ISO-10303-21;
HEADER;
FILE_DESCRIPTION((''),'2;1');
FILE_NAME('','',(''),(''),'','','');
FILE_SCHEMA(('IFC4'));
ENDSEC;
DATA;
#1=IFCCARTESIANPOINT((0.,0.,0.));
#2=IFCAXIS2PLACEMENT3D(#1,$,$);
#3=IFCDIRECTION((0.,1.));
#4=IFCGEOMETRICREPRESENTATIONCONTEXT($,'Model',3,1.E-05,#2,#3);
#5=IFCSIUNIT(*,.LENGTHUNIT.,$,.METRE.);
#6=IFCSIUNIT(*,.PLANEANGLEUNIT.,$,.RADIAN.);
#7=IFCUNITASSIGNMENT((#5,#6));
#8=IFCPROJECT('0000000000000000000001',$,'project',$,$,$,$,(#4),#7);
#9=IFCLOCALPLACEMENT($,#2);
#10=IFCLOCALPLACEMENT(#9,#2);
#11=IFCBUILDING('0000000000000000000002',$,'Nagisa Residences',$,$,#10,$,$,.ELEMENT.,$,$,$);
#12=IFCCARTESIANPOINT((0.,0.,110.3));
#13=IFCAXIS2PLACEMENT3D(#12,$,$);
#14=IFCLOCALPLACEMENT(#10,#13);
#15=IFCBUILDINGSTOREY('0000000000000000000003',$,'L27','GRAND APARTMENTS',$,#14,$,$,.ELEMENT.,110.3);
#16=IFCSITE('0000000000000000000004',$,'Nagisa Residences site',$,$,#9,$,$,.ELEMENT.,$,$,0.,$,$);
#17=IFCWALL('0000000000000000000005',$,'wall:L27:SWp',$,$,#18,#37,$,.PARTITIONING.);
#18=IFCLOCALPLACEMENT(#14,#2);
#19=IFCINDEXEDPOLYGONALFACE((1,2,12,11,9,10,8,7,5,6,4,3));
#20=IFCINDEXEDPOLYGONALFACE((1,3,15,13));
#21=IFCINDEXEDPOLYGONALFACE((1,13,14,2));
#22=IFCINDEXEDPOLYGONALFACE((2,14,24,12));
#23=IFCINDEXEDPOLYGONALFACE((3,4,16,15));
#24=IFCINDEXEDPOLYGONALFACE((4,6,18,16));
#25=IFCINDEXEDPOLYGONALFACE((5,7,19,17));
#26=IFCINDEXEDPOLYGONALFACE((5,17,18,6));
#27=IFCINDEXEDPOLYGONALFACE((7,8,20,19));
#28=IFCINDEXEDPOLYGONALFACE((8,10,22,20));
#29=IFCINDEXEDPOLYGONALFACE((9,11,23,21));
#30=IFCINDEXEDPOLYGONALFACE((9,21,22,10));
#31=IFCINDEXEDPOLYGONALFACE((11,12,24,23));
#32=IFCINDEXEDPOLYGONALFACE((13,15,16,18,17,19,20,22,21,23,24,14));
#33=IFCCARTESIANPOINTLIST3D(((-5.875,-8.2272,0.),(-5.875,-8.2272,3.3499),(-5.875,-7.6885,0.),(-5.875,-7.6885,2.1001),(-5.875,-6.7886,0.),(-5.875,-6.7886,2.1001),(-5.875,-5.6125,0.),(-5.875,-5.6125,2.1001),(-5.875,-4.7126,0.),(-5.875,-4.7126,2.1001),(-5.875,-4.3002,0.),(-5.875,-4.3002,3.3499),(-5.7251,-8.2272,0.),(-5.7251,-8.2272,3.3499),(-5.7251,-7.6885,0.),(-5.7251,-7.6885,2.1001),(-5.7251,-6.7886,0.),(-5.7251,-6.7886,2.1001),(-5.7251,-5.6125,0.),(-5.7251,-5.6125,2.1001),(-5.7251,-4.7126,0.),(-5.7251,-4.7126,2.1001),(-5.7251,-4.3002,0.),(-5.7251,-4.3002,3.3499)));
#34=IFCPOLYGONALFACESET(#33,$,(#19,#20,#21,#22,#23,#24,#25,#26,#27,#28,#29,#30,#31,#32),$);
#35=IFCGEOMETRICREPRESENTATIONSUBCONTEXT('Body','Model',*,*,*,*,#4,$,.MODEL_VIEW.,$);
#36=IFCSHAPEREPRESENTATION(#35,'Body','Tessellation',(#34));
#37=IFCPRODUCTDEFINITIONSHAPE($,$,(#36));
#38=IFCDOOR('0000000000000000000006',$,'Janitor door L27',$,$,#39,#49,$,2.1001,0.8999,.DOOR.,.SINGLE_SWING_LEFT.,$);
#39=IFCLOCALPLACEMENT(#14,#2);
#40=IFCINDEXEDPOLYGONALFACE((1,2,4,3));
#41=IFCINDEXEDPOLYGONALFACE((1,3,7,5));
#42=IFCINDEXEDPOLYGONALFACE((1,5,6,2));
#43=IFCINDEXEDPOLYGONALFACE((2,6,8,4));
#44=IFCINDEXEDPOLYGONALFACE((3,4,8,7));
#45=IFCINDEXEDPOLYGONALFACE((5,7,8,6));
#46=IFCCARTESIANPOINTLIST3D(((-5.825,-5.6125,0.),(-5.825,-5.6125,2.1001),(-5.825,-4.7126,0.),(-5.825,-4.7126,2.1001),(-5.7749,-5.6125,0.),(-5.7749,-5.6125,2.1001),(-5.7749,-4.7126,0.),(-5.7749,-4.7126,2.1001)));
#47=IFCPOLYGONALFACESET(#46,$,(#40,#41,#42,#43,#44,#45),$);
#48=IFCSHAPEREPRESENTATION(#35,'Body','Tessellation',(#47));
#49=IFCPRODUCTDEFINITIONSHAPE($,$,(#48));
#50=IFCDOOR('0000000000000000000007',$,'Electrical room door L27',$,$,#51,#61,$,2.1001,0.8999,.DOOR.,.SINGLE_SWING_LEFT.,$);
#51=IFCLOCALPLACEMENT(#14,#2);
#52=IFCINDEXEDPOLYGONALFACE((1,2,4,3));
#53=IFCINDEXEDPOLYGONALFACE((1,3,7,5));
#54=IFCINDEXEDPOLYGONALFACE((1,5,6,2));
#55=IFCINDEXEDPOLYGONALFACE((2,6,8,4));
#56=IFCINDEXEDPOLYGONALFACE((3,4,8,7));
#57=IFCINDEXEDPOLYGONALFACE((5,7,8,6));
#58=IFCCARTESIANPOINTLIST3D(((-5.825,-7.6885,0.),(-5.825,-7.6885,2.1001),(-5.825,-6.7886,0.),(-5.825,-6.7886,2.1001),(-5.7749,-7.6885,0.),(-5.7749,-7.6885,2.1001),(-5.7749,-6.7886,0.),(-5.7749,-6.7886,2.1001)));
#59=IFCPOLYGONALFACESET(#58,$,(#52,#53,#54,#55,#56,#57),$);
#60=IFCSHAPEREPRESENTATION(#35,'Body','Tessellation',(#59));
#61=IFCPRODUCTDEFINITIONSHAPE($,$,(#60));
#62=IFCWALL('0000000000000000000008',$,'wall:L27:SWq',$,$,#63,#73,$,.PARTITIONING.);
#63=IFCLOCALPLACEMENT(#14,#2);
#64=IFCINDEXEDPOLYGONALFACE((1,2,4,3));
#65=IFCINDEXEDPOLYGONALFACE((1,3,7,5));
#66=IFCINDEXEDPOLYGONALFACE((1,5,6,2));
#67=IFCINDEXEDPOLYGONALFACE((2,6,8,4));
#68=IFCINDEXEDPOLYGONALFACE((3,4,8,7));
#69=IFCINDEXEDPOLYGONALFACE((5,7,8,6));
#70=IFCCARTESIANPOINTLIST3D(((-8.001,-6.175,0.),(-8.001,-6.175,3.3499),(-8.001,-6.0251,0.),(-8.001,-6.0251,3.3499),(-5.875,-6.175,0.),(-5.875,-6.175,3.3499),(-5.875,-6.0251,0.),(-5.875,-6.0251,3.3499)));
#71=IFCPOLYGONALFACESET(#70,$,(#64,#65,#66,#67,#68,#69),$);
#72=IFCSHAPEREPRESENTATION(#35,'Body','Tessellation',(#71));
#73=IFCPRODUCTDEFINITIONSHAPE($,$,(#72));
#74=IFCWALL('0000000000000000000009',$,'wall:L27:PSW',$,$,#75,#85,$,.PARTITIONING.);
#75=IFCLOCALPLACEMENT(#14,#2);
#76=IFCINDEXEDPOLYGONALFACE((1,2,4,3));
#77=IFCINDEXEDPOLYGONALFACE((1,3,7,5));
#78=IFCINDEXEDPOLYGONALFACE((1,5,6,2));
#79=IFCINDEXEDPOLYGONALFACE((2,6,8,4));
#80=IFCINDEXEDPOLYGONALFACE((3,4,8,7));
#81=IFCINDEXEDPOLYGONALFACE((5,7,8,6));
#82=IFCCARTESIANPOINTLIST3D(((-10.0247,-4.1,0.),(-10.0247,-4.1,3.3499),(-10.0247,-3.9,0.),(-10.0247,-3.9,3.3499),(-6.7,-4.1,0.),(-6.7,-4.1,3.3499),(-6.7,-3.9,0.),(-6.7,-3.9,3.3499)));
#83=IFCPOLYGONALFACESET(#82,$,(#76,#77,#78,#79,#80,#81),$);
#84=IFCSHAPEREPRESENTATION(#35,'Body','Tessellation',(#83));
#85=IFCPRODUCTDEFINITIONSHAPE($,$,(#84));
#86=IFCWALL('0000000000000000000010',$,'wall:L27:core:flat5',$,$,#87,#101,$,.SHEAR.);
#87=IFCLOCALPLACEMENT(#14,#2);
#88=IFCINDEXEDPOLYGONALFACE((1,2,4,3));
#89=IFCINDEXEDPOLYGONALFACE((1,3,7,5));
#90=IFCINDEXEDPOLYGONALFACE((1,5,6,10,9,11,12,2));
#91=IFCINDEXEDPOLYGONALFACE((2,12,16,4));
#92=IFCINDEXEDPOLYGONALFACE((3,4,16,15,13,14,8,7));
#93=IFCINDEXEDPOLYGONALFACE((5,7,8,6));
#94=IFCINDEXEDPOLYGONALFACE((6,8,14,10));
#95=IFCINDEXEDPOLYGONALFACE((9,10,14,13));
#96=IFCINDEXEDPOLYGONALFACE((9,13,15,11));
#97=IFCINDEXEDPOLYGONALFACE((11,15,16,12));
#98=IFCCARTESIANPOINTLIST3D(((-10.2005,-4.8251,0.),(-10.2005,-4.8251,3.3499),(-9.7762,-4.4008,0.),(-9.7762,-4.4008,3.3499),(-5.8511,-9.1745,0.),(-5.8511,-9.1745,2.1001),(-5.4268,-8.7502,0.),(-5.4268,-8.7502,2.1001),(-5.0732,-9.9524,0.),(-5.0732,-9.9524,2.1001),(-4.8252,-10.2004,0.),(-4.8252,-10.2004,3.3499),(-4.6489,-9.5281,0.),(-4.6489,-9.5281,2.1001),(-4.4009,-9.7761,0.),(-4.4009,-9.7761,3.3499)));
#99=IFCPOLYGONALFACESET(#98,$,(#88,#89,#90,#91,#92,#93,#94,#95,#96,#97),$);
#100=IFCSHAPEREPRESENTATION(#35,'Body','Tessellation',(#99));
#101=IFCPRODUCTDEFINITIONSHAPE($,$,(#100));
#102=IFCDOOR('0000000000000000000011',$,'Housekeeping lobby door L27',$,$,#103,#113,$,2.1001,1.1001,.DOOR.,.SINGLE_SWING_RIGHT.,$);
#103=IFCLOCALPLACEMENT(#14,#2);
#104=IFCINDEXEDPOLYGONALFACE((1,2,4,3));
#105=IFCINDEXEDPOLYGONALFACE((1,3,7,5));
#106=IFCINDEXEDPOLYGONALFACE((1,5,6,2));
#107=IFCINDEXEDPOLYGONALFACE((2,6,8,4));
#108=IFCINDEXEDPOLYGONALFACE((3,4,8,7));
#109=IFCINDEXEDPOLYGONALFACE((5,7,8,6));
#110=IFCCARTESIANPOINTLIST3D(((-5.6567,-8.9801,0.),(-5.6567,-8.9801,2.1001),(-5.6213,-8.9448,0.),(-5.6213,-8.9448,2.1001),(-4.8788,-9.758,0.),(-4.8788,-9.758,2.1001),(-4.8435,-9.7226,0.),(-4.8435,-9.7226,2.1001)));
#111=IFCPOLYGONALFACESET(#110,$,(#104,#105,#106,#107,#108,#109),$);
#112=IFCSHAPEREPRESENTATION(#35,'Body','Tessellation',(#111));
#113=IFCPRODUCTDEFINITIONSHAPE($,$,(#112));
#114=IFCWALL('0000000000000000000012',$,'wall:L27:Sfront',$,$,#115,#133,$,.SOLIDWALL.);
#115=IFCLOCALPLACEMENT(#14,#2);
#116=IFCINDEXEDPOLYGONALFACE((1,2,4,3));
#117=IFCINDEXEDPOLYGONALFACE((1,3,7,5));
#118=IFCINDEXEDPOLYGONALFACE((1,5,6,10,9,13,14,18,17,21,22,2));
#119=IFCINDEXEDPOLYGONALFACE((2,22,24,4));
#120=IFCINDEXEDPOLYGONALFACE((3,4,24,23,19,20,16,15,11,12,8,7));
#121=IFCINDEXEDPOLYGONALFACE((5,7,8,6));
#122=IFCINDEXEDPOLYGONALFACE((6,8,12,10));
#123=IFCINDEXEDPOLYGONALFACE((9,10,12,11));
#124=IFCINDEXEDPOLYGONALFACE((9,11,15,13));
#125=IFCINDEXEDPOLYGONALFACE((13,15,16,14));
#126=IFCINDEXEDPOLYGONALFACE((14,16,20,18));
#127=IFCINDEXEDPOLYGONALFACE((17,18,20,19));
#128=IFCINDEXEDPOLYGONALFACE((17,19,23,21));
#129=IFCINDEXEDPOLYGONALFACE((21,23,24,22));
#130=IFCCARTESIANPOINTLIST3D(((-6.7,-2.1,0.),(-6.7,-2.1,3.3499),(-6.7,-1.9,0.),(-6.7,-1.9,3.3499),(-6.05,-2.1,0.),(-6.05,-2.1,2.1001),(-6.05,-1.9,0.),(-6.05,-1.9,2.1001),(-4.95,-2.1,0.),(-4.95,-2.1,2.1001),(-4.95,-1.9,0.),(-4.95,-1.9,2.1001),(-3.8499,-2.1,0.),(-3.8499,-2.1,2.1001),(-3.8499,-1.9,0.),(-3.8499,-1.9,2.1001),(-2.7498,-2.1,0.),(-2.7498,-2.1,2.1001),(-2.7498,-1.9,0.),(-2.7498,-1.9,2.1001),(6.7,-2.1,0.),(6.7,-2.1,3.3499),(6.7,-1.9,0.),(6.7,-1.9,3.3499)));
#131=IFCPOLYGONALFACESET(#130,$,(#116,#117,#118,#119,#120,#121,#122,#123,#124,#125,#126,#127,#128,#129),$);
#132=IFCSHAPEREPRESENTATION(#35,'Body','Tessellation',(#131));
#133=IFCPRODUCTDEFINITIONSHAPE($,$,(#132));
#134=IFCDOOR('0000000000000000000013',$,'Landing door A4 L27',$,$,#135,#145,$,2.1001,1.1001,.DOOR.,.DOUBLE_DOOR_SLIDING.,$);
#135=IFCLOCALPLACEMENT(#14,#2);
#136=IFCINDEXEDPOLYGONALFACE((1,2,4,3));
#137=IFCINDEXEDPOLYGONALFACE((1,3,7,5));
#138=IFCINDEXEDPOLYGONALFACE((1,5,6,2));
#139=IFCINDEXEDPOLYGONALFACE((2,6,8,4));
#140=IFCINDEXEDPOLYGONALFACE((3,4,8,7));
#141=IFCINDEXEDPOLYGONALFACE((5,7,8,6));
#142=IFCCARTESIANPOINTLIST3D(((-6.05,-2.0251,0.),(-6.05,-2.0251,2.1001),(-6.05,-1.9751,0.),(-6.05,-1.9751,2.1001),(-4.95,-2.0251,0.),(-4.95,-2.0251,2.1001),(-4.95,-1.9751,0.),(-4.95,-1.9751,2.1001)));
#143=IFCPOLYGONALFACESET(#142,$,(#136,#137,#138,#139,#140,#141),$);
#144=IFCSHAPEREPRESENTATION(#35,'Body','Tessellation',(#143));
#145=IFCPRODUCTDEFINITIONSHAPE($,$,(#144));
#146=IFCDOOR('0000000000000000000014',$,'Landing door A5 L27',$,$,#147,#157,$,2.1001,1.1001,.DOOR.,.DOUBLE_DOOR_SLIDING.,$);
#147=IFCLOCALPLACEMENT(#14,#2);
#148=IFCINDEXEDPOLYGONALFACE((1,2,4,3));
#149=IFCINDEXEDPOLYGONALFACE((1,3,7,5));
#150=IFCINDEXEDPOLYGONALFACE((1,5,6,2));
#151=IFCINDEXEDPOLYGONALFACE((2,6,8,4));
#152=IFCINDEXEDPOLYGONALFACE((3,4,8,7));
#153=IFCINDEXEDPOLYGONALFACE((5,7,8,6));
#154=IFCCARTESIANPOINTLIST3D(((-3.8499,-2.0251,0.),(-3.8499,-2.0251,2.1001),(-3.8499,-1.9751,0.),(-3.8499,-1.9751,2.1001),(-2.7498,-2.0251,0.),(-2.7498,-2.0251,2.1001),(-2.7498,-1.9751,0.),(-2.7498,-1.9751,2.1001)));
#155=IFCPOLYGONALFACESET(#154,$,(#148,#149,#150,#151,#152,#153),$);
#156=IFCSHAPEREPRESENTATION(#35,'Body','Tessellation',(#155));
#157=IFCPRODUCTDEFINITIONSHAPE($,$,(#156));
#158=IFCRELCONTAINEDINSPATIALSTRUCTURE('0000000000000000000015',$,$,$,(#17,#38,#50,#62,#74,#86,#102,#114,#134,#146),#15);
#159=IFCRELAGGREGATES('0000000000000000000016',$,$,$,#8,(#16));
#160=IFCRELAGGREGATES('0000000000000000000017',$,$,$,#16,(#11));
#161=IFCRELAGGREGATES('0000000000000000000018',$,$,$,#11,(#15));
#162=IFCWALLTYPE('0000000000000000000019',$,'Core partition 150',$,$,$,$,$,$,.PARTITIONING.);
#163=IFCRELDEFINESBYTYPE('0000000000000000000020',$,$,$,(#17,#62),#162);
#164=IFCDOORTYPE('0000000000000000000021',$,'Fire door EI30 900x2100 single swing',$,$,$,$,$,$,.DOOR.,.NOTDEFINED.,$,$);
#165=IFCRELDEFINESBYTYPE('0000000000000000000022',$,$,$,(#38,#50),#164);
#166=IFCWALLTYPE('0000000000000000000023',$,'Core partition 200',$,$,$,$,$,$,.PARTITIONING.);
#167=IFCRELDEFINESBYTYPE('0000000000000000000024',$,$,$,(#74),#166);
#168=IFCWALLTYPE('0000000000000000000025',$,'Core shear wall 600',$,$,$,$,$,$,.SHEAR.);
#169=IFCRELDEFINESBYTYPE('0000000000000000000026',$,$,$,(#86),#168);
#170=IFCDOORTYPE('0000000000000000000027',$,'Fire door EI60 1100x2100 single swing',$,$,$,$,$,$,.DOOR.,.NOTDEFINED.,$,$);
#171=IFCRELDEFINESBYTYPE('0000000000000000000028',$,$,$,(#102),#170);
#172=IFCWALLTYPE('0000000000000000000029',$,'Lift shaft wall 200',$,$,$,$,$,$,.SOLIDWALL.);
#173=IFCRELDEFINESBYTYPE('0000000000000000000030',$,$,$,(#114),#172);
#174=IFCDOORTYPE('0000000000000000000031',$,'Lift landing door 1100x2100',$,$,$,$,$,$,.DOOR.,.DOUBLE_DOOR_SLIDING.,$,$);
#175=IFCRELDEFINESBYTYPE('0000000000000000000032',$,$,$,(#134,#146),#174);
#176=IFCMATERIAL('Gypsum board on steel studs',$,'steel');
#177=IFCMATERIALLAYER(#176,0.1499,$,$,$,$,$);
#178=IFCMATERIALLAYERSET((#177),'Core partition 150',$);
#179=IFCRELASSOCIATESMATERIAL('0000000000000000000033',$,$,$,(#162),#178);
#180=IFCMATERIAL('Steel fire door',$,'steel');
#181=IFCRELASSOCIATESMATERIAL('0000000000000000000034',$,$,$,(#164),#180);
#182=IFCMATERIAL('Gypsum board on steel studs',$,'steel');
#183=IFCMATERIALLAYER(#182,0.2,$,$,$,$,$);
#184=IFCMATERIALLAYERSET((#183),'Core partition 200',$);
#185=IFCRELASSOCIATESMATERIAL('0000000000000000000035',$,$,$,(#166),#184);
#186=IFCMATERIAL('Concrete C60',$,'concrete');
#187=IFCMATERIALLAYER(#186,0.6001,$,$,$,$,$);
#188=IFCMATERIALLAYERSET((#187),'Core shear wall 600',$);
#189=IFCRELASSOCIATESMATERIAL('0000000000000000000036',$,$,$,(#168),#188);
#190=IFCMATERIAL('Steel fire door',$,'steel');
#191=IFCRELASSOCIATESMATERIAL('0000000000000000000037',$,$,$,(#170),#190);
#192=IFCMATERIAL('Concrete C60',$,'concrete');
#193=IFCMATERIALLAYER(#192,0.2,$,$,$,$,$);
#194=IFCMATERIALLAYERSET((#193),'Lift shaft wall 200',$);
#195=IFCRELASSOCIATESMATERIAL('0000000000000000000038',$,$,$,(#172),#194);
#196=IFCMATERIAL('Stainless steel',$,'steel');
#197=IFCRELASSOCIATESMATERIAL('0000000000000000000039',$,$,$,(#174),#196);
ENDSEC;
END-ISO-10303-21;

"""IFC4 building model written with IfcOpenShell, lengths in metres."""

from ifc_helpers import new_model, si_unit, direction, frame, frame_2d, origin, place, context, subcontext, project, spatial, rectangle, extrude, material, layer, layer_set, type_object, element, fill, save


model = new_model("IFC4")

# Units and contexts
model_context = context("Model", 3, precision=1e-05, world=origin(), true_north=direction((0.0, 1.0)))
body_context = subcontext(model_context, "Body", "Model", "MODEL_VIEW")
ifc_project = project(units=[si_unit("LENGTHUNIT", "METRE"), si_unit("PLANEANGLEUNIT", "RADIAN")], contexts=[model_context])

# Site, building, storey
site_placement = place(None, origin())
site = spatial("IfcSite", under=ifc_project, at=site_placement, Name="Nagisa Residences site", CompositionType="ELEMENT", RefElevation=0.0)
building_placement = place(site_placement, origin())
building = spatial("IfcBuilding", under=site, at=building_placement, Name="Nagisa Residences", CompositionType="ELEMENT")
storey_placement = place(building_placement, frame((0.0, 0.0, 110.3)))
storey = spatial("IfcBuildingStorey", under=building, at=storey_placement, Name="L27", Description="GRAND APARTMENTS", CompositionType="ELEMENT", Elevation=110.3)

# Wall, openings, doors
ifc_material_1 = material(Name="Gypsum board on steel studs", Category="steel")
ifc_layer_1 = layer(ifc_material_1, 0.1499)
ifc_layer_set_1 = layer_set([ifc_layer_1], Name="Core partition 150")
wall_type_1 = type_object("IfcWallType", Name="Core partition 150", PredefinedType="PARTITIONING", material=ifc_layer_set_1)
wall_1_placement = place(storey_placement, frame((-5.8, -8.2271, 0.0), z_axis=(0.0, 0.0, 1.0), x_axis=(0.0, 1.0, 0.0)))
wall_1 = element("IfcWall", 1, at=wall_1_placement, inside=storey, type_object=wall_type_1, Name="wall:L27:SWp", PredefinedType="PARTITIONING", context=body_context, shape_type="SweptSolid", body=[
    extrude(rectangle(XDim=3.927, YDim=0.1499, at=frame_2d((1.9634, 0.0))), origin(), (0.0, 0.0, 1.0), 3.3499),
])
opening_1_placement = place(wall_1_placement, frame((2.6145, 0.0, 0.0)))
opening_1 = element("IfcOpeningElement", 2, at=opening_1_placement, cuts=wall_1, PredefinedType="OPENING", context=body_context, shape_type="SweptSolid", body=[
    extrude(rectangle(XDim=0.8999, YDim=2.1001, at=frame_2d((0.45, 1.05))), frame((0.0, 0.085, 0.0), z_axis=(0.0, -1.0, 0.0), x_axis=(1.0, 0.0, 0.0)), (0.0, 0.0, 1.0), 0.1699),
])
opening_2_placement = place(wall_1_placement, frame((0.5386, 0.0, 0.0)))
opening_2 = element("IfcOpeningElement", 3, at=opening_2_placement, cuts=wall_1, PredefinedType="OPENING", context=body_context, shape_type="SweptSolid", body=[
    extrude(rectangle(XDim=0.8999, YDim=2.1001, at=frame_2d((0.45, 1.05))), frame((0.0, 0.085, 0.0), z_axis=(0.0, -1.0, 0.0), x_axis=(1.0, 0.0, 0.0)), (0.0, 0.0, 1.0), 0.1699),
])
ifc_material_2 = material(Name="Steel fire door", Category="steel")
door_type_1 = type_object("IfcDoorType", Name="Fire door EI30 900x2100 single swing", OperationType="NOTDEFINED", PredefinedType="DOOR", material=ifc_material_2)
door_1_placement = place(opening_1_placement, origin())
door_1 = element("IfcDoor", 4, at=door_1_placement, inside=storey, type_object=door_type_1, Name="Janitor door L27", OperationType="SINGLE_SWING_LEFT", OverallHeight=2.1001, OverallWidth=0.8999, PredefinedType="DOOR", context=body_context, shape_type="SweptSolid", body=[
    extrude(rectangle(XDim=0.8999, YDim=2.1001, at=frame_2d((0.45, 1.05))), frame((0.0, 0.0249, 0.0), z_axis=(0.0, -1.0, 0.0), x_axis=(1.0, 0.0, 0.0)), (0.0, 0.0, 1.0), 0.05),
])
fill(opening_1, door_1)
door_2_placement = place(opening_2_placement, origin())
door_2 = element("IfcDoor", 5, at=door_2_placement, inside=storey, type_object=door_type_1, Name="Electrical room door L27", OperationType="SINGLE_SWING_LEFT", OverallHeight=2.1001, OverallWidth=0.8999, PredefinedType="DOOR", context=body_context, shape_type="SweptSolid", body=[
    extrude(rectangle(XDim=0.8999, YDim=2.1001, at=frame_2d((0.45, 1.05))), frame((0.0, 0.0249, 0.0), z_axis=(0.0, -1.0, 0.0), x_axis=(1.0, 0.0, 0.0)), (0.0, 0.0, 1.0), 0.05),
])
fill(opening_2, door_2)

# Walls
wall_2_placement = place(storey_placement, frame((-8.001, -6.1001, 0.0), z_axis=(0.0, 0.0, 1.0), x_axis=(1.0, 0.0, 0.0)))
element("IfcWall", 6, at=wall_2_placement, inside=storey, type_object=wall_type_1, Name="wall:L27:SWq", PredefinedType="PARTITIONING", context=body_context, shape_type="SweptSolid", body=[
    extrude(rectangle(XDim=2.126, YDim=0.1499, at=frame_2d((1.063, 0.0))), origin(), (0.0, 0.0, 1.0), 3.3499),
])
ifc_material_3 = material(Name="Gypsum board on steel studs", Category="steel")
ifc_layer_2 = layer(ifc_material_3, 0.2)
ifc_layer_set_2 = layer_set([ifc_layer_2], Name="Core partition 200")
wall_type_2 = type_object("IfcWallType", Name="Core partition 200", PredefinedType="PARTITIONING", material=ifc_layer_set_2)
wall_3_placement = place(storey_placement, frame((-10.0247, -4.0, 0.0), z_axis=(0.0, 0.0, 1.0), x_axis=(1.0, 0.0, 0.0)))
element("IfcWall", 7, at=wall_3_placement, inside=storey, type_object=wall_type_2, Name="wall:L27:PSW", PredefinedType="PARTITIONING", context=body_context, shape_type="SweptSolid", body=[
    extrude(rectangle(XDim=3.3247, YDim=0.2, at=frame_2d((1.6624, 0.0))), origin(), (0.0, 0.0, 1.0), 3.3499),
])

# Wall, opening, door
ifc_material_4 = material(Name="Concrete C60", Category="concrete")
ifc_layer_3 = layer(ifc_material_4, 0.6001)
ifc_layer_set_3 = layer_set([ifc_layer_3], Name="Core shear wall 600")
wall_type_3 = type_object("IfcWallType", Name="Core shear wall 600", PredefinedType="SHEAR", material=ifc_layer_set_3)
wall_4_placement = place(storey_placement, frame((-9.9883, -4.613, 0.0), z_axis=(0.0, 0.0, 1.0), x_axis=(0.707107, -0.707107, 0.0)))
wall_4 = element("IfcWall", 8, at=wall_4_placement, inside=storey, type_object=wall_type_3, Name="wall:L27:core:flat5", PredefinedType="SHEAR", context=body_context, shape_type="SweptSolid", body=[
    extrude(rectangle(XDim=7.6018, YDim=0.6001, at=frame_2d((3.8008, 0.0))), origin(), (0.0, 0.0, 1.0), 3.3499),
])
opening_3_placement = place(wall_4_placement, frame((6.1509, 0.0, 0.0)))
opening_3 = element("IfcOpeningElement", 9, at=opening_3_placement, cuts=wall_4, PredefinedType="OPENING", context=body_context, shape_type="SweptSolid", body=[
    extrude(rectangle(XDim=1.1001, YDim=2.1001, at=frame_2d((0.55, 1.05))), frame((0.0, 0.3101, 0.0), z_axis=(0.0, -1.0, 0.0), x_axis=(1.0, 0.0, 0.0)), (0.0, 0.0, 1.0), 0.6201),
])
ifc_material_5 = material(Name="Steel fire door", Category="steel")
door_type_2 = type_object("IfcDoorType", Name="Fire door EI60 1100x2100 single swing", OperationType="NOTDEFINED", PredefinedType="DOOR", material=ifc_material_5)
door_3_placement = place(opening_3_placement, origin())
door_3 = element("IfcDoor", 10, at=door_3_placement, inside=storey, type_object=door_type_2, Name="Housekeeping lobby door L27", OperationType="SINGLE_SWING_RIGHT", OverallHeight=2.1001, OverallWidth=1.1001, PredefinedType="DOOR", context=body_context, shape_type="SweptSolid", body=[
    extrude(rectangle(XDim=1.1001, YDim=2.1001, at=frame_2d((0.55, 1.05))), frame((0.0, 0.0249, 0.0), z_axis=(0.0, -1.0, 0.0), x_axis=(1.0, 0.0, 0.0)), (0.0, 0.0, 1.0), 0.05),
])
fill(opening_3, door_3)

# Wall, openings, doors
ifc_material_6 = material(Name="Concrete C60", Category="concrete")
ifc_layer_4 = layer(ifc_material_6, 0.2)
ifc_layer_set_4 = layer_set([ifc_layer_4], Name="Lift shaft wall 200")
wall_type_4 = type_object("IfcWallType", Name="Lift shaft wall 200", PredefinedType="SOLIDWALL", material=ifc_layer_set_4)
wall_5_placement = place(storey_placement, frame((-6.7, -2.0, 0.0), z_axis=(0.0, 0.0, 1.0), x_axis=(1.0, 0.0, 0.0)))
wall_5 = element("IfcWall", 11, at=wall_5_placement, inside=storey, type_object=wall_type_4, Name="wall:L27:Sfront", PredefinedType="SOLIDWALL", context=body_context, shape_type="SweptSolid", body=[
    extrude(rectangle(XDim=13.3999, YDim=0.2, at=frame_2d((6.7, 0.0))), origin(), (0.0, 0.0, 1.0), 3.3499),
])
opening_4_placement = place(wall_5_placement, frame((0.6499, 0.0, 0.0)))
opening_4 = element("IfcOpeningElement", 12, at=opening_4_placement, cuts=wall_5, PredefinedType="OPENING", context=body_context, shape_type="SweptSolid", body=[
    extrude(rectangle(XDim=1.1001, YDim=2.1001, at=frame_2d((0.55, 1.05))), frame((0.0, 0.1099, 0.0), z_axis=(0.0, -1.0, 0.0), x_axis=(1.0, 0.0, 0.0)), (0.0, 0.0, 1.0), 0.22),
])
opening_5_placement = place(wall_5_placement, frame((2.8501, 0.0, 0.0)))
opening_5 = element("IfcOpeningElement", 13, at=opening_5_placement, cuts=wall_5, PredefinedType="OPENING", context=body_context, shape_type="SweptSolid", body=[
    extrude(rectangle(XDim=1.1001, YDim=2.1001, at=frame_2d((0.55, 1.05))), frame((0.0, 0.1099, 0.0), z_axis=(0.0, -1.0, 0.0), x_axis=(1.0, 0.0, 0.0)), (0.0, 0.0, 1.0), 0.22),
])
ifc_material_7 = material(Name="Stainless steel", Category="steel")
door_type_3 = type_object("IfcDoorType", Name="Lift landing door 1100x2100", OperationType="DOUBLE_DOOR_SLIDING", PredefinedType="DOOR", material=ifc_material_7)
door_4_placement = place(opening_4_placement, origin())
door_4 = element("IfcDoor", 14, at=door_4_placement, inside=storey, type_object=door_type_3, Name="Landing door A4 L27", OperationType="DOUBLE_DOOR_SLIDING", OverallHeight=2.1001, OverallWidth=1.1001, PredefinedType="DOOR", context=body_context, shape_type="SweptSolid", body=[
    extrude(rectangle(XDim=1.1001, YDim=2.1001, at=frame_2d((0.55, 1.05))), frame((0.0, 0.0249, 0.0), z_axis=(0.0, -1.0, 0.0), x_axis=(1.0, 0.0, 0.0)), (0.0, 0.0, 1.0), 0.05),
])
fill(opening_4, door_4)
door_5_placement = place(opening_5_placement, origin())
door_5 = element("IfcDoor", 15, at=door_5_placement, inside=storey, type_object=door_type_3, Name="Landing door A5 L27", OperationType="DOUBLE_DOOR_SLIDING", OverallHeight=2.1001, OverallWidth=1.1001, PredefinedType="DOOR", context=body_context, shape_type="SweptSolid", body=[
    extrude(rectangle(XDim=1.1001, YDim=2.1001, at=frame_2d((0.55, 1.05))), frame((0.0, 0.0249, 0.0), z_axis=(0.0, -1.0, 0.0), x_axis=(1.0, 0.0, 0.0)), (0.0, 0.0, 1.0), 0.05),
])
fill(opening_5, door_5)

save(model, "model.ifc")
